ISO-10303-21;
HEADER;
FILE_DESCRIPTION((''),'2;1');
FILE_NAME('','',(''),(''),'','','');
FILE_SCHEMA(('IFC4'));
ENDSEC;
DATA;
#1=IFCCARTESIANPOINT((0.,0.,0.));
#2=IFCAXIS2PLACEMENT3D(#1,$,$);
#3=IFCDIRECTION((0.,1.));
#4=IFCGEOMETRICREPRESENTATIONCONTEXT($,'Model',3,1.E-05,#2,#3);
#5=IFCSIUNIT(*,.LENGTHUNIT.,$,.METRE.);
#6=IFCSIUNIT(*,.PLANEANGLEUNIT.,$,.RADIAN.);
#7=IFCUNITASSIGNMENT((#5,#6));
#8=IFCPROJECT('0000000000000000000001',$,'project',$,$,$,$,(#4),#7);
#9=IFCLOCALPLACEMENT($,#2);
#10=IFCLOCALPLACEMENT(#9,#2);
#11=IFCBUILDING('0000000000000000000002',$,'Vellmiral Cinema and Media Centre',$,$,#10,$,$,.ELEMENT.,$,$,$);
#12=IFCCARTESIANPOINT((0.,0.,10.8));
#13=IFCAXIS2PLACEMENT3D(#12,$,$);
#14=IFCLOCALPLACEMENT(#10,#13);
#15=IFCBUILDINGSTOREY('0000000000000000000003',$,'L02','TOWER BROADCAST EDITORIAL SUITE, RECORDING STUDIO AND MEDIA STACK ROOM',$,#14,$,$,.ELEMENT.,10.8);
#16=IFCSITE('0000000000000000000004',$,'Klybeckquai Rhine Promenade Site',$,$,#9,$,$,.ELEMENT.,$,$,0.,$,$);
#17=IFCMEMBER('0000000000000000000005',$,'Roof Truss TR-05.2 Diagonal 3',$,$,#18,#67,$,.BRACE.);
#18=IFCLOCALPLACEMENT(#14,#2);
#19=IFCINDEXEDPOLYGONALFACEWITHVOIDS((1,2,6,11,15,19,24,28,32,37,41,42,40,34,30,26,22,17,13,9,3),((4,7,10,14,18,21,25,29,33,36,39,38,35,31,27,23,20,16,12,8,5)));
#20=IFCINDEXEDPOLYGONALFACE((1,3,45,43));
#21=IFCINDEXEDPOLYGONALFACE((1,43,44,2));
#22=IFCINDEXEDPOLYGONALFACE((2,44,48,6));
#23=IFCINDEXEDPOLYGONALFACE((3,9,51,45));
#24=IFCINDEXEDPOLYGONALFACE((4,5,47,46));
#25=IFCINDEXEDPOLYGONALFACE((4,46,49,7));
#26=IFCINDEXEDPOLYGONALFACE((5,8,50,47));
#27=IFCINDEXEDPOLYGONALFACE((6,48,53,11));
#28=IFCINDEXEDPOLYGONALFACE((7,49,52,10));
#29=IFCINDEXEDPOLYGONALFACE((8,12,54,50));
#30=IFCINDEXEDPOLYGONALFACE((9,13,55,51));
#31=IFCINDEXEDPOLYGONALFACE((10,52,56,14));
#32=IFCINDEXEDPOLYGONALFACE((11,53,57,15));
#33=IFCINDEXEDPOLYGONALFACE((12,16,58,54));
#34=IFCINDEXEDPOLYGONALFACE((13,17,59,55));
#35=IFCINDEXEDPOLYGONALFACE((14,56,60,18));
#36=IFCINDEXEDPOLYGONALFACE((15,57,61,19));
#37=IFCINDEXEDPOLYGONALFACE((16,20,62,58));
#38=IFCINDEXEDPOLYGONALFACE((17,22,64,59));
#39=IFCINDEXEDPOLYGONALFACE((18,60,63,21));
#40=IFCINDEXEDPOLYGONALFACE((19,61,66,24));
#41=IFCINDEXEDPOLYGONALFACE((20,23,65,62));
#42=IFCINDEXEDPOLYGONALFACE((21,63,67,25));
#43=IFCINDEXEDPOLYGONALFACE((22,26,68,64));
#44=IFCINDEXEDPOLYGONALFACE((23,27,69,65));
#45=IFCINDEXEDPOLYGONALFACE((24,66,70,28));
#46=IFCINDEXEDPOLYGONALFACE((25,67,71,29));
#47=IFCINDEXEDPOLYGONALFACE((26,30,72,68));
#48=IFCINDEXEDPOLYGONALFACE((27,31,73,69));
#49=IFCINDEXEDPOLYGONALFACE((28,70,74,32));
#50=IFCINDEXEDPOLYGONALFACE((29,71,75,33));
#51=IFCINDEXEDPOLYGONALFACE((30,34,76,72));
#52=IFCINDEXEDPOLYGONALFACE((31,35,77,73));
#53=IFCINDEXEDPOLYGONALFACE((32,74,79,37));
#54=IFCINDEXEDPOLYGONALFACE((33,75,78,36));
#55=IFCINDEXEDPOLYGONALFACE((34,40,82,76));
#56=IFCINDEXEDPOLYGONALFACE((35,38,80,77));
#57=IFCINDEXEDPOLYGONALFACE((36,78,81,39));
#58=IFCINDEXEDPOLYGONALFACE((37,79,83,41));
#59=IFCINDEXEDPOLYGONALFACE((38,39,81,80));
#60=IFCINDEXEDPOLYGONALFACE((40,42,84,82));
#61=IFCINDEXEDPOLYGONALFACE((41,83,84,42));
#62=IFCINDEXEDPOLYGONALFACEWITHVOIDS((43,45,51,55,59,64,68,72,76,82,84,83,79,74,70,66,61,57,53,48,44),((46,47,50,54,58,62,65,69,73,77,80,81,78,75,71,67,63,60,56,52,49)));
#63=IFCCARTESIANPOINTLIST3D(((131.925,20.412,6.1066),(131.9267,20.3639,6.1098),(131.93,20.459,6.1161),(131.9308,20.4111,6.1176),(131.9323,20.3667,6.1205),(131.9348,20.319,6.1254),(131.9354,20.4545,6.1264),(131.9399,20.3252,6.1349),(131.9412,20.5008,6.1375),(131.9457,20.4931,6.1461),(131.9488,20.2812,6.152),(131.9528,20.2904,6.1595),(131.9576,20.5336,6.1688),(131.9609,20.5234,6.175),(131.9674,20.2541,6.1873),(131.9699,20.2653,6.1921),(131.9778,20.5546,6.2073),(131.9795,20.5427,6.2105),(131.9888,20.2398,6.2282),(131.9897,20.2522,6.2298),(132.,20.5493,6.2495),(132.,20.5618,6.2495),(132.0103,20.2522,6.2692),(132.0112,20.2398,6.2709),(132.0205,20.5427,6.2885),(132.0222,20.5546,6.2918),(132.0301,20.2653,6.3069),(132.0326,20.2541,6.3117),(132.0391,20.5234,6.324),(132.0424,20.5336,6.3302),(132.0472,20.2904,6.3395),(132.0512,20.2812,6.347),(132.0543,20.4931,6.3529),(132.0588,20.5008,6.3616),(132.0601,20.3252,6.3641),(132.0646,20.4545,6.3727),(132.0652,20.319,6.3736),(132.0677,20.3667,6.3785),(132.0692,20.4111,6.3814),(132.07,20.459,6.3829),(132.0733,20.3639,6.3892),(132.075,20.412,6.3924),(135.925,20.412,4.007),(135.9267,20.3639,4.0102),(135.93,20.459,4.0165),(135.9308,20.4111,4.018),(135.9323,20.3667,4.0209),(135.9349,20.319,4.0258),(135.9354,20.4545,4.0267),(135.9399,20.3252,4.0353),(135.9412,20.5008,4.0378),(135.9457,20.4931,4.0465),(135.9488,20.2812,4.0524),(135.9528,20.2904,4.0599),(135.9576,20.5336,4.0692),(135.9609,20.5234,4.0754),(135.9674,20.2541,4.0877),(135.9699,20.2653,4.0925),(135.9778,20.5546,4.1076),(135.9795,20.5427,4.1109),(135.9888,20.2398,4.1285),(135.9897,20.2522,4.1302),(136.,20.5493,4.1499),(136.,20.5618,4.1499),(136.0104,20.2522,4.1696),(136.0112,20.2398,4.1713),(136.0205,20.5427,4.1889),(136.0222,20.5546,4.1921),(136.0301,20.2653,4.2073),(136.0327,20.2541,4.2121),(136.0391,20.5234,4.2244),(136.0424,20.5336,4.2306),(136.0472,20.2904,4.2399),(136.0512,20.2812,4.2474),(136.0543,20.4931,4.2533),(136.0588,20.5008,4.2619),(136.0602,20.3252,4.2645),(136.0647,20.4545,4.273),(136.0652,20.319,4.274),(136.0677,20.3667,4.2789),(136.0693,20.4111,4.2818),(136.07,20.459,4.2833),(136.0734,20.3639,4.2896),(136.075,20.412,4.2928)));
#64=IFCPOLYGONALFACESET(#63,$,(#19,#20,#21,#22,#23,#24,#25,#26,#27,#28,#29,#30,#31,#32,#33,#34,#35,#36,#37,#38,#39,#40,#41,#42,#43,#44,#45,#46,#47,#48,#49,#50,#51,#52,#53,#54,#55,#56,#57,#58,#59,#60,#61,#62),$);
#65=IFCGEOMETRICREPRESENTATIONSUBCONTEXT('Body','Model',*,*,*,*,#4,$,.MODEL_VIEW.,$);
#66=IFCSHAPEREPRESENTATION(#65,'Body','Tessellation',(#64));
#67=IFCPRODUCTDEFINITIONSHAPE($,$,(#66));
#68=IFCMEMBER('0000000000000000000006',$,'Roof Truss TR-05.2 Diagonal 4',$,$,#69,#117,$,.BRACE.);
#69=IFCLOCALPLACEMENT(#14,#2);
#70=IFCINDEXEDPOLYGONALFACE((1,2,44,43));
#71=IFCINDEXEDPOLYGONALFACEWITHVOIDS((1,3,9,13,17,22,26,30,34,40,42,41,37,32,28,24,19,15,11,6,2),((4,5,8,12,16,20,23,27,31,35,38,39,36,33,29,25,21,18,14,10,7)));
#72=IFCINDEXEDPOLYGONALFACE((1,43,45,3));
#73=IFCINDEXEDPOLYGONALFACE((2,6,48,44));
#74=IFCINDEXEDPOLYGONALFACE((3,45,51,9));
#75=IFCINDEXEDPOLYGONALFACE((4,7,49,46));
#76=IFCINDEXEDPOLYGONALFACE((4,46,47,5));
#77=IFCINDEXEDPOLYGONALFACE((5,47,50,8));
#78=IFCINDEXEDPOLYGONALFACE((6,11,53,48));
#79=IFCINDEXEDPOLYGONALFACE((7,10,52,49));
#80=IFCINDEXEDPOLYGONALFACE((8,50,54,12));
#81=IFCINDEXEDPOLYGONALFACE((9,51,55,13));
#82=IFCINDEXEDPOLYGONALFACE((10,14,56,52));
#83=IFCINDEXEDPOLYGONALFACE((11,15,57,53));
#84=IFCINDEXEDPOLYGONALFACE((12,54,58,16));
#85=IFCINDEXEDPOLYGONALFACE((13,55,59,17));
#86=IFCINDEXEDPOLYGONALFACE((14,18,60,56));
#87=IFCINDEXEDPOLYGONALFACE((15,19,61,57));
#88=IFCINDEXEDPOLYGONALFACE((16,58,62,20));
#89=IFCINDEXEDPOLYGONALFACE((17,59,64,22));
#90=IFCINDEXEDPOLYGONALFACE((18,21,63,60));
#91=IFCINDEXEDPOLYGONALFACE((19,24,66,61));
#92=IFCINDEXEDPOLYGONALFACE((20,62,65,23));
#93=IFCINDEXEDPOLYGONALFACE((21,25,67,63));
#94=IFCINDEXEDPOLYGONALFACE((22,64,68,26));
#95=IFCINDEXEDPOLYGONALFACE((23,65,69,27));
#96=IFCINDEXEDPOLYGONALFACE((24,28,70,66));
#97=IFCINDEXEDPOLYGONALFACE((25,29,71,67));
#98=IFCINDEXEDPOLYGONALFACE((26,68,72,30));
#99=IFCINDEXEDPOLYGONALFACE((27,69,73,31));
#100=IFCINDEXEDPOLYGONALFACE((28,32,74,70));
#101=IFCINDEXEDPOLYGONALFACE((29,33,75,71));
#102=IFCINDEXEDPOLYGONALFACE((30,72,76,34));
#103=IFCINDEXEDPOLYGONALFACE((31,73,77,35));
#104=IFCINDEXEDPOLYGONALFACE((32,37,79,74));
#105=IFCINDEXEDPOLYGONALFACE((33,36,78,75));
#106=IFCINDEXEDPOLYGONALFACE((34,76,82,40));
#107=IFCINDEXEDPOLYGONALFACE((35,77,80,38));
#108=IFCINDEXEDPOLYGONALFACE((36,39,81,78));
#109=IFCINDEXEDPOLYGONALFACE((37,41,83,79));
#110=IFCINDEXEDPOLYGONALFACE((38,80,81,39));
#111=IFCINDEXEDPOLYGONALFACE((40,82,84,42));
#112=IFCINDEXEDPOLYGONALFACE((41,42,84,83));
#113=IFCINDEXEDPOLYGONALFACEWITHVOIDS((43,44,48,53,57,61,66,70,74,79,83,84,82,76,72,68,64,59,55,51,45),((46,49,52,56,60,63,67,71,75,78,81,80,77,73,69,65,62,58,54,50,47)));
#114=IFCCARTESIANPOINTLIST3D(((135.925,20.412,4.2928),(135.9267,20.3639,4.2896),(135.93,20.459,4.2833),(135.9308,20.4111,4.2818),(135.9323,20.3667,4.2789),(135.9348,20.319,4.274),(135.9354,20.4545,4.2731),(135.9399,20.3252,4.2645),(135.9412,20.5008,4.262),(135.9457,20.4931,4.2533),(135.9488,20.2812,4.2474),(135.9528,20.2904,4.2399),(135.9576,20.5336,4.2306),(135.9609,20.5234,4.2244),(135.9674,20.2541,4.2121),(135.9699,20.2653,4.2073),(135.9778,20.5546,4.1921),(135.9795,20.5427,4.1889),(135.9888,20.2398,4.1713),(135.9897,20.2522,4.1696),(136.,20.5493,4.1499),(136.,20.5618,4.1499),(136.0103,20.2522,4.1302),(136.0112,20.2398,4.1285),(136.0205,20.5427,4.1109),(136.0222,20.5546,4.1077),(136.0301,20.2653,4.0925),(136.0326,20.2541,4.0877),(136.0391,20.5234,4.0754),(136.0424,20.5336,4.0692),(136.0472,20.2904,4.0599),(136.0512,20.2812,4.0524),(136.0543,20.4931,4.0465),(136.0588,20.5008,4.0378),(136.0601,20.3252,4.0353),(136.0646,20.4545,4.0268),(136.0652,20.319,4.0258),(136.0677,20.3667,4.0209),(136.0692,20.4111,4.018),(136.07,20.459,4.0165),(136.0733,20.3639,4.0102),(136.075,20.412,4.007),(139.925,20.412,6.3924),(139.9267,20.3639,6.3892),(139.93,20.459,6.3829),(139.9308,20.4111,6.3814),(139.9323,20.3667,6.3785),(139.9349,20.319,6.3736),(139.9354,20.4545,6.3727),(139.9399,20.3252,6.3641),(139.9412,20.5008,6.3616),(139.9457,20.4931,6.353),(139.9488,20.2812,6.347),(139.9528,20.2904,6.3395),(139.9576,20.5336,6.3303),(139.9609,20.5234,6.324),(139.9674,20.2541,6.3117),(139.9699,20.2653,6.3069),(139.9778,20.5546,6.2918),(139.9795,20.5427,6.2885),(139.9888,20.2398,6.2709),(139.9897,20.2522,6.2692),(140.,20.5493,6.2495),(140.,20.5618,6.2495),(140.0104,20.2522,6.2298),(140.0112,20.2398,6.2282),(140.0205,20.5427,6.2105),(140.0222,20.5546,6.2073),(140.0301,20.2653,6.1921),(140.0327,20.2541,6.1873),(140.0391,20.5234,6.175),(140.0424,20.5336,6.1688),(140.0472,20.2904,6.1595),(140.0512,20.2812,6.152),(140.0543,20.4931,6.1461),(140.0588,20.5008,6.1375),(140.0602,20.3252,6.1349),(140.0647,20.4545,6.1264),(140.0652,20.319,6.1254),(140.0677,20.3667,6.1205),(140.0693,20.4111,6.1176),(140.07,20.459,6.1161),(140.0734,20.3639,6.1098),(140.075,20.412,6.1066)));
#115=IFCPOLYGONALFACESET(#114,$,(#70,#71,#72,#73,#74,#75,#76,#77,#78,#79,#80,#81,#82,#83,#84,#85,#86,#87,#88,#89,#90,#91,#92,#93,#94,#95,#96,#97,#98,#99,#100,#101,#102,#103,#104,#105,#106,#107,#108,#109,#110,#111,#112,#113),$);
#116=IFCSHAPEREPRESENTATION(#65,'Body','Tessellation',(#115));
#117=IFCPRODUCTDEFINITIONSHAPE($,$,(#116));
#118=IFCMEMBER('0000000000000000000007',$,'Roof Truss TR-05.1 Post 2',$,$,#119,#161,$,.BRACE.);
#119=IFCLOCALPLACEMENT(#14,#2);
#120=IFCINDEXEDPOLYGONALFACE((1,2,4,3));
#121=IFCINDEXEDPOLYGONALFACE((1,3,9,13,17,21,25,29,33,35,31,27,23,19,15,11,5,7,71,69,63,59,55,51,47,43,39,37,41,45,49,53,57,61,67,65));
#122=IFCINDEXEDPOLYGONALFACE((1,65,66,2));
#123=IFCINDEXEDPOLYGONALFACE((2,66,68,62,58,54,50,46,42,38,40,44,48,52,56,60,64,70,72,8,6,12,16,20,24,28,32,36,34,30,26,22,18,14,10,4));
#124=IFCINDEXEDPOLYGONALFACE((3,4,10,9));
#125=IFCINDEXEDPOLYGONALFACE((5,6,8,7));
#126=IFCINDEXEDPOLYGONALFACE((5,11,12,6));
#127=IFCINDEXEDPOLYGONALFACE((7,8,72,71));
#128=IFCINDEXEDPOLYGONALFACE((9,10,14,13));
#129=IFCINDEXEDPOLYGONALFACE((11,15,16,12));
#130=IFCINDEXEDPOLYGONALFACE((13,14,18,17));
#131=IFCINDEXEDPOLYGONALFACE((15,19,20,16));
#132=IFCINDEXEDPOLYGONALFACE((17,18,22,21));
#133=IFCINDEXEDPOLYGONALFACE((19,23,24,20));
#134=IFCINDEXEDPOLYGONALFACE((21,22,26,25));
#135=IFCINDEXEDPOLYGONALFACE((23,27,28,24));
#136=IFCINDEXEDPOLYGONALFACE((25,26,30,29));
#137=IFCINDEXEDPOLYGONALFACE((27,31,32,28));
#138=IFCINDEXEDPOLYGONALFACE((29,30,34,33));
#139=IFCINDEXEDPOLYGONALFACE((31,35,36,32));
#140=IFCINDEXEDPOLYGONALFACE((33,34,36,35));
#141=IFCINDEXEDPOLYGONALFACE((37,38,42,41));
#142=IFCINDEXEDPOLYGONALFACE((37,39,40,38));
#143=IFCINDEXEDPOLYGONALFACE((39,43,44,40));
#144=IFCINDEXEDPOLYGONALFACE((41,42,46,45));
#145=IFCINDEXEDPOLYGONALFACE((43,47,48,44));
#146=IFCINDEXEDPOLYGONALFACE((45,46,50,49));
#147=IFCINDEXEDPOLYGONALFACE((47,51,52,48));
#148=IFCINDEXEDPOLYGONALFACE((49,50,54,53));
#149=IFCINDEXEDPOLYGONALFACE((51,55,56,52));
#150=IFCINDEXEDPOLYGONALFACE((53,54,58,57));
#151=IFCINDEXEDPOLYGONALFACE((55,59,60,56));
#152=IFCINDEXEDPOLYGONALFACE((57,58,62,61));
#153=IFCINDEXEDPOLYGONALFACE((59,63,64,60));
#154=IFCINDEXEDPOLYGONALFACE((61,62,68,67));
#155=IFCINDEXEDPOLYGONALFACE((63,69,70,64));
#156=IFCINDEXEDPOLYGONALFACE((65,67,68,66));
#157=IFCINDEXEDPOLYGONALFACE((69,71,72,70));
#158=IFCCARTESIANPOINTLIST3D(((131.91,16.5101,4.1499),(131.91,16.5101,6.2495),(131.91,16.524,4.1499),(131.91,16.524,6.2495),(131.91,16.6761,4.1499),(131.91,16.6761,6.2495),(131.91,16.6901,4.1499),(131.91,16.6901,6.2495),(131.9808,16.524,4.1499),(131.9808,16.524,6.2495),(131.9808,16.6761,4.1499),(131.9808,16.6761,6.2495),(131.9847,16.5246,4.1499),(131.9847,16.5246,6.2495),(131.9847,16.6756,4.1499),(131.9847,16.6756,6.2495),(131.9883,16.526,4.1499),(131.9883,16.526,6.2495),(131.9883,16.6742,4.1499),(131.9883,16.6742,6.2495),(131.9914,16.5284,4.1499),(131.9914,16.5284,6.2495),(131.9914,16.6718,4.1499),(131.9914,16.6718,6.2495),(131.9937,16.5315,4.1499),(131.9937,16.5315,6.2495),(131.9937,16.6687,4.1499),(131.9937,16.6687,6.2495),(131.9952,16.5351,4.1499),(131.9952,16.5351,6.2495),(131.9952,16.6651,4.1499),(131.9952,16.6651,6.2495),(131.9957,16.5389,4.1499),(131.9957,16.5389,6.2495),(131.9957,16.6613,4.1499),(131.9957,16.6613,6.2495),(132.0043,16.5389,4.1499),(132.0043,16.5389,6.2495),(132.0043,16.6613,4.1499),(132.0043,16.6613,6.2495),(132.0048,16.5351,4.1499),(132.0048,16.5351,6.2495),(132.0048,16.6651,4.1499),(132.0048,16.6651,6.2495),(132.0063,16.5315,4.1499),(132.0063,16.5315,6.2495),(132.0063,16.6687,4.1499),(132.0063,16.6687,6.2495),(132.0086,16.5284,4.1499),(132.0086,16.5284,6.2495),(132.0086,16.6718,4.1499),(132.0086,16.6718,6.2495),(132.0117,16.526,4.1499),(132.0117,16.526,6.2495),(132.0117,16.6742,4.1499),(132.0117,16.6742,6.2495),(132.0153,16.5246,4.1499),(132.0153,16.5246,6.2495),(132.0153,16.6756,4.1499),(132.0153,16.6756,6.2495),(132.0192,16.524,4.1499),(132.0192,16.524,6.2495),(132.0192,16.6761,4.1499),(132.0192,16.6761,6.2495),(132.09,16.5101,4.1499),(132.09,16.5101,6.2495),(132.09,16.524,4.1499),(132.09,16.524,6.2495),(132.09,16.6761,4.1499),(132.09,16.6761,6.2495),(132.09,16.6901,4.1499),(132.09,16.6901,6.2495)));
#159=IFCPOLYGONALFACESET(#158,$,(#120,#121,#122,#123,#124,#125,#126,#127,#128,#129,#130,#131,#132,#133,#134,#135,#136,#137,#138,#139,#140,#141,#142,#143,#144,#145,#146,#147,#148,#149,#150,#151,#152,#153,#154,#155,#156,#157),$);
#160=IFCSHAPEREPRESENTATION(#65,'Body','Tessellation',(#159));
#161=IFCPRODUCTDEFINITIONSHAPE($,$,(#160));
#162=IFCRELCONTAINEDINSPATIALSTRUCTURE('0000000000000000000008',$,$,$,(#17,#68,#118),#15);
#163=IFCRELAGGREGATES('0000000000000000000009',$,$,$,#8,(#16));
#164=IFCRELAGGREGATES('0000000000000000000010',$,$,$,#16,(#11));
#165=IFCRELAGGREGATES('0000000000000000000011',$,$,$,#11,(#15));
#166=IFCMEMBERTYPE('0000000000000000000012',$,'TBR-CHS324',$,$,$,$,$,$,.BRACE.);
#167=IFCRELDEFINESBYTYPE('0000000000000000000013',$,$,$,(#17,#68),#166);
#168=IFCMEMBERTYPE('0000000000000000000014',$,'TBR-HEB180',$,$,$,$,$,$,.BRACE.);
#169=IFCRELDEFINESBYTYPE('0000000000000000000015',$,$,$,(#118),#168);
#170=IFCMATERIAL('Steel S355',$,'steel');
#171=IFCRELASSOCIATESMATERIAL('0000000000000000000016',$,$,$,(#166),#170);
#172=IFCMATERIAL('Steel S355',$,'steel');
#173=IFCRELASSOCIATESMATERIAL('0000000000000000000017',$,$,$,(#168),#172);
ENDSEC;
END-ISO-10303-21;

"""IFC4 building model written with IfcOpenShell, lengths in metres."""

from ifc_helpers import new_model, si_unit, direction, frame, origin, origin_2d, place, context, subcontext, project, spatial, hollow_circle, i_section, extrude, material, material_profile, profile_set, type_object, element, save


model = new_model("IFC4")

# Units and contexts
model_context = context("Model", 3, precision=1e-05, world=origin(), true_north=direction((0.0, 1.0)))
body_context = subcontext(model_context, "Body", "Model", "MODEL_VIEW")
ifc_project = project(units=[si_unit("LENGTHUNIT", "METRE"), si_unit("PLANEANGLEUNIT", "RADIAN")], contexts=[model_context])

# Site, building, storey
site_placement = place(None, origin())
site = spatial("IfcSite", under=ifc_project, at=site_placement, Name="Klybeckquai Rhine Promenade Site", CompositionType="ELEMENT", RefElevation=0.0)
building_placement = place(site_placement, origin())
building = spatial("IfcBuilding", under=site, at=building_placement, Name="Vellmiral Cinema and Media Centre", CompositionType="ELEMENT")
storey_placement = place(building_placement, frame((0.0, 0.0, 10.8)))
storey = spatial("IfcBuildingStorey", under=building, at=storey_placement, Name="L02", Description="TOWER BROADCAST EDITORIAL SUITE, RECORDING STUDIO AND MEDIA STACK ROOM", CompositionType="ELEMENT", Elevation=10.8)

# Members
ifc_material_1 = material(Name="Steel S355", Category="steel")
ifc_material_profile_1 = material_profile(ifc_material_1, hollow_circle(Radius=0.1619, WallThickness=0.0125, at=origin_2d()), Name="CHS 323.9x12.5")
ifc_profile_set_1 = profile_set([ifc_material_profile_1], Name="Steel S355")
member_type_1 = type_object("IfcMemberType", Name="TBR-CHS324", PredefinedType="BRACE", material=ifc_profile_set_1)
for number, where, z_axis, x_axis, name in (
    (1, (132.0, 20.3999, 6.2495), (0.885433, 0.0, -0.464766), (0.0, 1.0, 0.0), "Roof Truss TR-05.2 Diagonal 3"),
    (2, (136.0, 20.3999, 4.1499), (0.885433, 0.0, 0.464766), (0.0, 1.0, 0.0), "Roof Truss TR-05.2 Diagonal 4"),
):
    element("IfcMember", number, at=place(storey_placement, frame(where, z_axis=z_axis, x_axis=x_axis)), inside=storey, type_object=member_type_1, Name=name, PredefinedType="BRACE", context=body_context, shape_type="SweptSolid", body=[
        extrude(hollow_circle(Radius=0.1619, WallThickness=0.0125, at=origin_2d()), origin(), (0.0, 0.0, 1.0), 4.5176),
    ])
ifc_material_2 = material(Name="Steel S355", Category="steel")
ifc_material_profile_2 = material_profile(ifc_material_2, i_section(OverallWidth=0.1799, OverallDepth=0.1799, WebThickness=0.0085, FlangeThickness=0.0139, FilletRadius=0.0149, at=origin_2d()), Name="HEB 180")
ifc_profile_set_2 = profile_set([ifc_material_profile_2], Name="Steel S355")
member_type_2 = type_object("IfcMemberType", Name="TBR-HEB180", PredefinedType="BRACE", material=ifc_profile_set_2)
member_1_placement = place(storey_placement, frame((132.0, 16.6001, 4.1499), z_axis=(0.0, 0.0, 1.0), x_axis=(1.0, 0.0, 0.0)))
element("IfcMember", 3, at=member_1_placement, inside=storey, type_object=member_type_2, Name="Roof Truss TR-05.1 Post 2", PredefinedType="BRACE", context=body_context, shape_type="SweptSolid", body=[
    extrude(i_section(OverallWidth=0.1799, OverallDepth=0.1799, WebThickness=0.0085, FlangeThickness=0.0139, FilletRadius=0.0149, at=origin_2d()), origin(), (0.0, 0.0, 1.0), 2.0996),
])

save(model, "model.ifc")
